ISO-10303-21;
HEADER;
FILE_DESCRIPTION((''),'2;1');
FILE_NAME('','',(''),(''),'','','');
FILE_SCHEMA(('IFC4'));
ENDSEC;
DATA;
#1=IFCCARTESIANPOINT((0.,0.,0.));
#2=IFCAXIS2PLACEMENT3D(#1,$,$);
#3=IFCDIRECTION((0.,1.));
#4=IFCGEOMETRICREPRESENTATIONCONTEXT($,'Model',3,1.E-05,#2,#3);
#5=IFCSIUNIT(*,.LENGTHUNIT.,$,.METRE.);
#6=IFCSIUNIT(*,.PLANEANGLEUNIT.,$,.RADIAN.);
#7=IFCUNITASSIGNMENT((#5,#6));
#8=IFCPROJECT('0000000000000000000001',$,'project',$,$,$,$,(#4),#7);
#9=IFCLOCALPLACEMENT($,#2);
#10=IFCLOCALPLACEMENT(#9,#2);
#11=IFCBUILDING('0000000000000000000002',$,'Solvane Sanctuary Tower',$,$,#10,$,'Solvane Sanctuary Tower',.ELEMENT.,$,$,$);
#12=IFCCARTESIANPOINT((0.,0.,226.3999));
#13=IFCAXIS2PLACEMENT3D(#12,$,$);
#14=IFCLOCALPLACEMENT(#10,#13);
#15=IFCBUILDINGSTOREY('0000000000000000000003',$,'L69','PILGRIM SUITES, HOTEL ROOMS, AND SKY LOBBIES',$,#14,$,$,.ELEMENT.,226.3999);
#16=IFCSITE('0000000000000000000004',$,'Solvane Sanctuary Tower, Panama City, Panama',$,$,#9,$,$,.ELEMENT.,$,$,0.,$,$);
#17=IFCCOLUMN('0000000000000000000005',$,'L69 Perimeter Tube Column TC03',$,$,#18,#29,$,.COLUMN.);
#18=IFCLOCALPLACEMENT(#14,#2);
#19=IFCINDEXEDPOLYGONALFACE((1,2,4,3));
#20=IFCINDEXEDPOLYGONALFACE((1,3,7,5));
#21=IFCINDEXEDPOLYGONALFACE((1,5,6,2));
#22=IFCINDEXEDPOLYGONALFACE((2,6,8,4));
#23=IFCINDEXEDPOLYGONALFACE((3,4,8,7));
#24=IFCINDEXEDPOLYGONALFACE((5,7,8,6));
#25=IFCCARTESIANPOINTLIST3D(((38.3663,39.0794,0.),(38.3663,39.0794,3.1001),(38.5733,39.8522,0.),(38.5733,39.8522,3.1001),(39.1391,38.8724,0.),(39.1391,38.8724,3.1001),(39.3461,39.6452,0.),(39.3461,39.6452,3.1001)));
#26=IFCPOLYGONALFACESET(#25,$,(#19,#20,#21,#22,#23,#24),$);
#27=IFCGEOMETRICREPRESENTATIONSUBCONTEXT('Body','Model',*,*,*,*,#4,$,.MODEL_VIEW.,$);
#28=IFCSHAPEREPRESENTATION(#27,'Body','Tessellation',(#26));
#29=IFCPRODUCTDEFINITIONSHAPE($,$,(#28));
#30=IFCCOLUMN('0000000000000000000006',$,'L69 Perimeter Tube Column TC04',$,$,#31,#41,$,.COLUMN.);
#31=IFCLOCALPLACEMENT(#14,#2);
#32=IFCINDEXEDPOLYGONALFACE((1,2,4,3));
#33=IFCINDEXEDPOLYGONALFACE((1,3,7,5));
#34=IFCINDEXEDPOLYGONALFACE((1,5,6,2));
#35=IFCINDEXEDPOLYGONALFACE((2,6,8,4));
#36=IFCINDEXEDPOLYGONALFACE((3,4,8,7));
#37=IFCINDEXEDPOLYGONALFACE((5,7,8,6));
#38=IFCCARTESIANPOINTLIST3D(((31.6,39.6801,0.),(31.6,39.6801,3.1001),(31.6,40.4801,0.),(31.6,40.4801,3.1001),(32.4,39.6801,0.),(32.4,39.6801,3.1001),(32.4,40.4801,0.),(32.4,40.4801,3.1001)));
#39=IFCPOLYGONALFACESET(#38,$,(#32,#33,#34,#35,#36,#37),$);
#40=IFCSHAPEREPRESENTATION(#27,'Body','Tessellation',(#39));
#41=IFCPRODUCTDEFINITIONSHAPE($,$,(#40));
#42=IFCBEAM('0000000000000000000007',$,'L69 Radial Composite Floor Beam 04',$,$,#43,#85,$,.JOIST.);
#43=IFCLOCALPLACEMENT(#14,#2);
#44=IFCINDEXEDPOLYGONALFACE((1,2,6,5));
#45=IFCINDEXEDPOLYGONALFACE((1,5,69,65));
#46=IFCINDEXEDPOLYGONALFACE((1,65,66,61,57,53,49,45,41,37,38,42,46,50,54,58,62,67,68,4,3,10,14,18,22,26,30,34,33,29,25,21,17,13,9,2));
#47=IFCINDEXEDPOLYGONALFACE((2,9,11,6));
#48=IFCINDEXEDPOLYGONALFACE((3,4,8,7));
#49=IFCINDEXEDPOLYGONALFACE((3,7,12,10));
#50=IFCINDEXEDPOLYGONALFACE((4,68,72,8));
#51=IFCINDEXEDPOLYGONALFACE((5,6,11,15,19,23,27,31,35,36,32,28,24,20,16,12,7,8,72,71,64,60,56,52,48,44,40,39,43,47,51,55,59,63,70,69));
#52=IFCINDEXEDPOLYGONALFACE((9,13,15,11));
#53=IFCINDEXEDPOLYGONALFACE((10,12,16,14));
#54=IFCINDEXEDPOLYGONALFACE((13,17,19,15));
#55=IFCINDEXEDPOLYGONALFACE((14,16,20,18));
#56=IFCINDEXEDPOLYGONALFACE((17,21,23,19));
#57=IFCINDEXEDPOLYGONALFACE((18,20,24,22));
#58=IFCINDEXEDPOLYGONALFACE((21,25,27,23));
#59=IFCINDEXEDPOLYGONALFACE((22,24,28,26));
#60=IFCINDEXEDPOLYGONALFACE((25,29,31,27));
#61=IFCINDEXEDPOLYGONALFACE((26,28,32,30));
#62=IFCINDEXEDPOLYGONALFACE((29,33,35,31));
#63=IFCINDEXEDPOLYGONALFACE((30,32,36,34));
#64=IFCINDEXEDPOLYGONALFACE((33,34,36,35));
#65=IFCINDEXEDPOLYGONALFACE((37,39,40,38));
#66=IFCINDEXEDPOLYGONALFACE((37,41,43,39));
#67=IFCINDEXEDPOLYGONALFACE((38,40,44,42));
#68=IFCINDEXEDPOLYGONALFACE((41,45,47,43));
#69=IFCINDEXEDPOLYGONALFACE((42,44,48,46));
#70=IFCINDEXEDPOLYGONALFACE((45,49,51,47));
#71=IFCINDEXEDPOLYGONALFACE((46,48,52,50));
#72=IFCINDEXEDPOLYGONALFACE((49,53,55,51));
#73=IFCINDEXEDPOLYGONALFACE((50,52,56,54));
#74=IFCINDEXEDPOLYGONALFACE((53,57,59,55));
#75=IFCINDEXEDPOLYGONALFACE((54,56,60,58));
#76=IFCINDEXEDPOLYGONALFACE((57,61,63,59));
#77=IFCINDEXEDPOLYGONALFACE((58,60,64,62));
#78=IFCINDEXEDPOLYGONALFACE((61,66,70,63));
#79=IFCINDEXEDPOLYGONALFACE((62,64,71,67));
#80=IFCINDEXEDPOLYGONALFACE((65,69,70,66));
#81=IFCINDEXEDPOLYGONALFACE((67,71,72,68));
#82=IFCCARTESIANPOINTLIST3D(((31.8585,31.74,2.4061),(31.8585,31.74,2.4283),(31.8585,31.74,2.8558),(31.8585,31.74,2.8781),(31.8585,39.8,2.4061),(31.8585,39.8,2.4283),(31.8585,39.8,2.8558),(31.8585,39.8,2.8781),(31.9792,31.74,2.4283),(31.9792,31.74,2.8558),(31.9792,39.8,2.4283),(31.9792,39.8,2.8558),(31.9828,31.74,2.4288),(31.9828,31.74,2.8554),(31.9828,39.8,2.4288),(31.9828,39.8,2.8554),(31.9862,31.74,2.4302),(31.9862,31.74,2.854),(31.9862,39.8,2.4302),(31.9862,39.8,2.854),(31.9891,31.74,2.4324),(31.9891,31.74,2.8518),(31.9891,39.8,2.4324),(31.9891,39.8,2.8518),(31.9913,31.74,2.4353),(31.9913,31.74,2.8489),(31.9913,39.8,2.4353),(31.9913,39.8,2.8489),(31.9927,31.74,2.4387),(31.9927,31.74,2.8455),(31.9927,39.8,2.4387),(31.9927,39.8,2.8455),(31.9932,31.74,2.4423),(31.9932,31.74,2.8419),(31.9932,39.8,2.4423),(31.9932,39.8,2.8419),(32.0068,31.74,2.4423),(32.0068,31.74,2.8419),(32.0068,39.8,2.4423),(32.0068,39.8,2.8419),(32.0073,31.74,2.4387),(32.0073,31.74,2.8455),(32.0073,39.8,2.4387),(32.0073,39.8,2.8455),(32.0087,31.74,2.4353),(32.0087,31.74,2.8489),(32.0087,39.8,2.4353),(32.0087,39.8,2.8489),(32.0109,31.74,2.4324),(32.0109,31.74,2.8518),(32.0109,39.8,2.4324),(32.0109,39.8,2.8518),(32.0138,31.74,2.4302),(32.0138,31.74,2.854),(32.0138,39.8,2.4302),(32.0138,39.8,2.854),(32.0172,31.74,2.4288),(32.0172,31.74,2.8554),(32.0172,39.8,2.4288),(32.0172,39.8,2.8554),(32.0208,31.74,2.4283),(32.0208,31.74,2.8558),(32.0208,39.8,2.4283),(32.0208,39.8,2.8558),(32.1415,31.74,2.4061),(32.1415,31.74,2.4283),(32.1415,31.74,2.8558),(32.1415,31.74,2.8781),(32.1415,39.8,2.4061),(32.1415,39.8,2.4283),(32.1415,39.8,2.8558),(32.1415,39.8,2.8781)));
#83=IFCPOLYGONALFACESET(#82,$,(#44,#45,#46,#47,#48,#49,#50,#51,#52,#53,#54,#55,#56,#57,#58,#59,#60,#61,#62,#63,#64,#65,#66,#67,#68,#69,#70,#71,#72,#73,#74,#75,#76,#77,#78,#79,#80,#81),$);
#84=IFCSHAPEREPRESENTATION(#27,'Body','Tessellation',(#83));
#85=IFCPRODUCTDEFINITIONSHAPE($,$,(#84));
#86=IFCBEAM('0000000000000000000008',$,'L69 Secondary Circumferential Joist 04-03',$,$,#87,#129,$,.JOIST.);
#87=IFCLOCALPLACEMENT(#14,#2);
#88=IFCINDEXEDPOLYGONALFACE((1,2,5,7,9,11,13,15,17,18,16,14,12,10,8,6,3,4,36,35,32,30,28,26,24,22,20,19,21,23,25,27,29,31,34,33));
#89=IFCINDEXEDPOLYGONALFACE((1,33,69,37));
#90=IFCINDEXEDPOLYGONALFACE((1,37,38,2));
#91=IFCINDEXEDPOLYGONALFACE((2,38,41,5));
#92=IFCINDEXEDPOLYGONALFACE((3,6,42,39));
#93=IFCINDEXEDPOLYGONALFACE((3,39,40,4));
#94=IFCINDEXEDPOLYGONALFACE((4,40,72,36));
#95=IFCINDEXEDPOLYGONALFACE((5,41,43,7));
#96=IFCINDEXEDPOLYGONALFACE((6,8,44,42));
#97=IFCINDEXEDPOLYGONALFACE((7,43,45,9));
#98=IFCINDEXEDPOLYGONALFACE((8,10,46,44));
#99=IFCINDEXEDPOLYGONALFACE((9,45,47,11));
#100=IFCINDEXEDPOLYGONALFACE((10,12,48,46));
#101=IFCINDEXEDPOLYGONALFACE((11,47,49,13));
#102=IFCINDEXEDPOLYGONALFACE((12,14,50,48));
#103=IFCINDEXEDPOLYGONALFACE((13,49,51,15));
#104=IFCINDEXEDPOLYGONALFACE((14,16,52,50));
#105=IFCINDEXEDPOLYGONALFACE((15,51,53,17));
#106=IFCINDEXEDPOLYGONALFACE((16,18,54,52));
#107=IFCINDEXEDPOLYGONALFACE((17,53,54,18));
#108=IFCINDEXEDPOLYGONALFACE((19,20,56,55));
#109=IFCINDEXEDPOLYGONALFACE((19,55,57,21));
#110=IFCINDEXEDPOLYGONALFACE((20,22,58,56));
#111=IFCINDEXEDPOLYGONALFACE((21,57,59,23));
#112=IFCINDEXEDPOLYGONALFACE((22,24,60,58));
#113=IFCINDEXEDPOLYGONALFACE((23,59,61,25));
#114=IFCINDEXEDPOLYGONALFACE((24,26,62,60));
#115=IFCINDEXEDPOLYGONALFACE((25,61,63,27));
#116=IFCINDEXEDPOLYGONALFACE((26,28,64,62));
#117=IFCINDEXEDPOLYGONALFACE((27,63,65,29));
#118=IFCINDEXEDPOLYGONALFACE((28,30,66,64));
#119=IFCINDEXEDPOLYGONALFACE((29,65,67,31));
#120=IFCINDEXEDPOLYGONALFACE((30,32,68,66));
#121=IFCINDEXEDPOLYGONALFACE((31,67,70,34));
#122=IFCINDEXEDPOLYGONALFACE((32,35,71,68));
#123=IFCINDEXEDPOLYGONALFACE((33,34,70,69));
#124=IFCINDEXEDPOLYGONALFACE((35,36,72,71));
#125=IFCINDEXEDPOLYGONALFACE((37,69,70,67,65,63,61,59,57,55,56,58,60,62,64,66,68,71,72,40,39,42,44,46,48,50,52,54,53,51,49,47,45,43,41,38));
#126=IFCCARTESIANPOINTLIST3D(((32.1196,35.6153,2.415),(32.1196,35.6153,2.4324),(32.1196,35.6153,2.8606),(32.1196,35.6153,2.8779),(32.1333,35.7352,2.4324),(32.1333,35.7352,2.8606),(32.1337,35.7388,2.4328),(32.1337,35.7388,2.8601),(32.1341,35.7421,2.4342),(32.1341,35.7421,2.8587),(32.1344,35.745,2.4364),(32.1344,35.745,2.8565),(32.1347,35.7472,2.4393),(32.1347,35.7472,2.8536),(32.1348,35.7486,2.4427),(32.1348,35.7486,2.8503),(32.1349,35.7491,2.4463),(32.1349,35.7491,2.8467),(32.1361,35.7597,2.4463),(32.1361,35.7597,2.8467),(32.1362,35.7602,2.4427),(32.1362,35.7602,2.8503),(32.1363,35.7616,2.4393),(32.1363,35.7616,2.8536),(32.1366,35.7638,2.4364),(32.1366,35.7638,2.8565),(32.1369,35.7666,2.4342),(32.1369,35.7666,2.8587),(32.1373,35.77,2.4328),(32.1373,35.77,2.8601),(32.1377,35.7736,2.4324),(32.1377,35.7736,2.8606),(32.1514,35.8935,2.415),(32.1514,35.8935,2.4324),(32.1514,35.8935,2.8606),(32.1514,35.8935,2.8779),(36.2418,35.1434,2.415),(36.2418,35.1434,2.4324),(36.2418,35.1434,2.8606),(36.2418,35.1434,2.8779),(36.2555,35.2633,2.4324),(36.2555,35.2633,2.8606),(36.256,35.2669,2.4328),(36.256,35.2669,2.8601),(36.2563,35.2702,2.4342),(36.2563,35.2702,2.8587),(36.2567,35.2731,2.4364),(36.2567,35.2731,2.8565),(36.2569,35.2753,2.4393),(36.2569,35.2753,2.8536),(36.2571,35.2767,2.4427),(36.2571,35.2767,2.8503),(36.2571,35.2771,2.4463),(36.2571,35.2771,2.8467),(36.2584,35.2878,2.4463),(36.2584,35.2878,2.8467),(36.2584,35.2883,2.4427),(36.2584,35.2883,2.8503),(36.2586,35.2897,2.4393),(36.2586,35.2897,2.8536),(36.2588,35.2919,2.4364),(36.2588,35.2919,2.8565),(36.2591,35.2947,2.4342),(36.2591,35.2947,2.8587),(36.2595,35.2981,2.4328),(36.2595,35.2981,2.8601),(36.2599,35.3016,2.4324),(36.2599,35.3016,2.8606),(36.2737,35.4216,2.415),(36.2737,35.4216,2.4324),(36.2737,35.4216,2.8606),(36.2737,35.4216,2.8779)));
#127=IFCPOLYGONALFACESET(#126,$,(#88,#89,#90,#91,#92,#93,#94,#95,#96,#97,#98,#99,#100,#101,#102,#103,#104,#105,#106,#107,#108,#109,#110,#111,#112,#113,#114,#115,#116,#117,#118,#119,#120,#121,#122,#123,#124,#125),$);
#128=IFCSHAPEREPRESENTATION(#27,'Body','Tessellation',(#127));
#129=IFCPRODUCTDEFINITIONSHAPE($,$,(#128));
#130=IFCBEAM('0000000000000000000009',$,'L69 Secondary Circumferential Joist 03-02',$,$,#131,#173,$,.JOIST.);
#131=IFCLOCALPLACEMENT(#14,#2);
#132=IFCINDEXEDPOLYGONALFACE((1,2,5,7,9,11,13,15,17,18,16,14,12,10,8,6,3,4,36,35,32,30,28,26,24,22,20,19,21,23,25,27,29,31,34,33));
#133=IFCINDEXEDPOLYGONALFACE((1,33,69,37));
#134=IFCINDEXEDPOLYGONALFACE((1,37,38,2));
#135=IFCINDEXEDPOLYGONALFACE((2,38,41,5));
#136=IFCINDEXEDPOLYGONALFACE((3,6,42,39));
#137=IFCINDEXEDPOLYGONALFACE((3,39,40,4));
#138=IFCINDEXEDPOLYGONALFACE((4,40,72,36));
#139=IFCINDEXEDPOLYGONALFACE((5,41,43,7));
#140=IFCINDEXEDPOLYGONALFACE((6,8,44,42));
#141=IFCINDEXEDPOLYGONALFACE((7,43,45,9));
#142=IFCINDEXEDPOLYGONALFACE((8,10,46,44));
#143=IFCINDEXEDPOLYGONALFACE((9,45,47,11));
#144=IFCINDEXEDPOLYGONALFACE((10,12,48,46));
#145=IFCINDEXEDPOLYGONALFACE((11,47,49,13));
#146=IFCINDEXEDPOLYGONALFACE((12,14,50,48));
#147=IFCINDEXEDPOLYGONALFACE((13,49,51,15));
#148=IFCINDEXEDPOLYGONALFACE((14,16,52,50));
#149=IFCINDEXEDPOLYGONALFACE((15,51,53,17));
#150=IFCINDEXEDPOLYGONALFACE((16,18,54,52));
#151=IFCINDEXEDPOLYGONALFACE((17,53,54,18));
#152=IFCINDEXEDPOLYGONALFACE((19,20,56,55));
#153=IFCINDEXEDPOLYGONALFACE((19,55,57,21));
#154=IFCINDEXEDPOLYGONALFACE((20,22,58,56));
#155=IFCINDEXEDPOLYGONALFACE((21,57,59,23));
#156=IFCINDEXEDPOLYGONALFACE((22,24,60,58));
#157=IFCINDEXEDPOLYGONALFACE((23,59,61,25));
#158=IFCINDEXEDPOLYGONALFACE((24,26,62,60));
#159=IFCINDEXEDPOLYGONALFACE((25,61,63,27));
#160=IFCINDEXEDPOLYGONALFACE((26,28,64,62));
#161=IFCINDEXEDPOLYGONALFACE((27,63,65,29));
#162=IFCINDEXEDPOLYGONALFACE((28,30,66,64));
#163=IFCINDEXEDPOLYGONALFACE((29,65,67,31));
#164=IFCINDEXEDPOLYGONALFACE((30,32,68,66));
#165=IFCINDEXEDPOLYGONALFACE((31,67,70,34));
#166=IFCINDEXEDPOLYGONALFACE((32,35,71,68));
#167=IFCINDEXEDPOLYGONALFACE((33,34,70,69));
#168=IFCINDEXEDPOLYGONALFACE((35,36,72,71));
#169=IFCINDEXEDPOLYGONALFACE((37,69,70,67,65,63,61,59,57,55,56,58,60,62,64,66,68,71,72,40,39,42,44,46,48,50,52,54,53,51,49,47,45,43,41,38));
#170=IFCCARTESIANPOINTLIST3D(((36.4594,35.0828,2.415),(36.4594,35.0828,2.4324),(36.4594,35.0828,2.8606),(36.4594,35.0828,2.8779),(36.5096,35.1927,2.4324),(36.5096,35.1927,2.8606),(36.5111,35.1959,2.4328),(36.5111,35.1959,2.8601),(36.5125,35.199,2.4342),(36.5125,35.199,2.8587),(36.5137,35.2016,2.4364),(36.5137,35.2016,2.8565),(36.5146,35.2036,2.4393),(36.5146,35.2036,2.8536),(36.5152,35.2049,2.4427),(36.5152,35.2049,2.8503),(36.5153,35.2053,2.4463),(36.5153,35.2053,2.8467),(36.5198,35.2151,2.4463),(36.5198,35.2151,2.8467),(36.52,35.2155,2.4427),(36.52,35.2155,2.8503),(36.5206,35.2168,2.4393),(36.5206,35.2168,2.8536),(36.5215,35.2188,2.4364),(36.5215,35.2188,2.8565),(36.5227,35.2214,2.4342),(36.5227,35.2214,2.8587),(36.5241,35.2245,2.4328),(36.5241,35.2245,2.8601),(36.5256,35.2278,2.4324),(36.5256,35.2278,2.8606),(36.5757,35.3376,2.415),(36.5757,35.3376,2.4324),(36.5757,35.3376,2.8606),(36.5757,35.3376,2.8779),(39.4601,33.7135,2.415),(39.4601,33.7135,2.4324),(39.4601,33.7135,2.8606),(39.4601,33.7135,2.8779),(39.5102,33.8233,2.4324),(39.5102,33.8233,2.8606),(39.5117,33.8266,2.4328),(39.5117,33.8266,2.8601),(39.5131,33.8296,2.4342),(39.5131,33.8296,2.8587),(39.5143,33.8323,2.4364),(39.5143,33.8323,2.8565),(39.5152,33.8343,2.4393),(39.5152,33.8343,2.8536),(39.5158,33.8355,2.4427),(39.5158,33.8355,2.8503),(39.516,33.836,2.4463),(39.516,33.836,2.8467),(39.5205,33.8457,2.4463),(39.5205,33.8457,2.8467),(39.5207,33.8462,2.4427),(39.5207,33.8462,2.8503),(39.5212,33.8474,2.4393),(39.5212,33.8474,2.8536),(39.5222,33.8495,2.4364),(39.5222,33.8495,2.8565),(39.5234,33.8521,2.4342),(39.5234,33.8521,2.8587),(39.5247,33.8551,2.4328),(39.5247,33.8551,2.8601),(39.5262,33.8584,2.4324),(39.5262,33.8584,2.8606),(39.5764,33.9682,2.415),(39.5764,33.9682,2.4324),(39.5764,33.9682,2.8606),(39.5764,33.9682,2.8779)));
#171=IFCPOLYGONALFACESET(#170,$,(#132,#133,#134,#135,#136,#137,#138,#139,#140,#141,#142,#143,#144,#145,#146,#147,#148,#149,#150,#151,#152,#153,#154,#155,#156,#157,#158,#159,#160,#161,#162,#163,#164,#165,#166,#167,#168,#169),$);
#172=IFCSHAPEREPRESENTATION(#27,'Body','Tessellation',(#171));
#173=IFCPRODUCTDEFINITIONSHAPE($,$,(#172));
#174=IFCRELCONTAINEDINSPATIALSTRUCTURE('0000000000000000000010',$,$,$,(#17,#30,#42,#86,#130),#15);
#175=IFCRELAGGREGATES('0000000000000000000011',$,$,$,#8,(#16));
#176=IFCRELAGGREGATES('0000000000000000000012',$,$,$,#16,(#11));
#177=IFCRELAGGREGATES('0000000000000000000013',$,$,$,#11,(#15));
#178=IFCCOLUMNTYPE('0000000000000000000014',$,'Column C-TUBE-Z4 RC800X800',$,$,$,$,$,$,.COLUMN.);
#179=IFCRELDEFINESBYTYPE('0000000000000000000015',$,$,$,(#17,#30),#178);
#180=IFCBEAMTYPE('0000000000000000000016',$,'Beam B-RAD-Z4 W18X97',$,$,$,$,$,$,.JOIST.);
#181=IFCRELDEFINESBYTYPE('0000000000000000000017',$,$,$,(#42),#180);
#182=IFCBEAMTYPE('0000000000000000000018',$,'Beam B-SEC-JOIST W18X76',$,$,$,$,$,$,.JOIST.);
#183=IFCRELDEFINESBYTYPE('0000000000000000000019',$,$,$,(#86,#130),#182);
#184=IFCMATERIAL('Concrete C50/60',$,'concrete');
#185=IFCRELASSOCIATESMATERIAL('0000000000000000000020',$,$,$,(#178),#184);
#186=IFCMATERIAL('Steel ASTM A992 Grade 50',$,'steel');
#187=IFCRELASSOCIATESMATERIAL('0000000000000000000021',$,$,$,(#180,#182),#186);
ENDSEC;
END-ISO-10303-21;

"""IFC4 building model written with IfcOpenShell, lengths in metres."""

from ifc_helpers import new_model, si_unit, direction, frame, origin, origin_2d, place, context, subcontext, project, spatial, rectangle, i_section, extrude, material, material_profile, profile_set, type_object, element, save


model = new_model("IFC4")

# Units and contexts
model_context = context("Model", 3, precision=1e-05, world=origin(), true_north=direction((0.0, 1.0)))
body_context = subcontext(model_context, "Body", "Model", "MODEL_VIEW")
ifc_project = project(units=[si_unit("LENGTHUNIT", "METRE"), si_unit("PLANEANGLEUNIT", "RADIAN")], contexts=[model_context])

# Site, building, storey
site_placement = place(None, origin())
site = spatial("IfcSite", under=ifc_project, at=site_placement, Name="Solvane Sanctuary Tower, Panama City, Panama", CompositionType="ELEMENT", RefElevation=0.0)
building_placement = place(site_placement, origin())
building = spatial("IfcBuilding", under=site, at=building_placement, Name="Solvane Sanctuary Tower", LongName="Solvane Sanctuary Tower", CompositionType="ELEMENT")
storey_placement = place(building_placement, frame((0.0, 0.0, 226.3999)))
storey = spatial("IfcBuildingStorey", under=building, at=storey_placement, Name="L69", Description="PILGRIM SUITES, HOTEL ROOMS, AND SKY LOBBIES", CompositionType="ELEMENT", Elevation=226.3999)

# Columns
ifc_material_1 = material(Name="Concrete C50/60", Category="concrete")
ifc_material_profile_1 = material_profile(ifc_material_1, rectangle(XDim=0.8, YDim=0.8, at=origin_2d()), Name="RC800X800")
ifc_profile_set_1 = profile_set([ifc_material_profile_1], Name="Concrete C50/60")
column_type = type_object("IfcColumnType", Name="Column C-TUBE-Z4 RC800X800", PredefinedType="COLUMN", material=ifc_profile_set_1)
for number, where, z_axis, x_axis, name in (
    (1, (38.8562, 39.3623, 0.0), (0.0, 0.0, 1.0), (0.258819, 0.965926, 0.0), "L69 Perimeter Tube Column TC03"),
    (2, (32.0, 40.0801, 0.0), (0.0, 0.0, 1.0), (0.0, 1.0, 0.0), "L69 Perimeter Tube Column TC04"),
):
    element("IfcColumn", number, at=place(storey_placement, frame(where, z_axis=z_axis, x_axis=x_axis)), inside=storey, type_object=column_type, Name=name, PredefinedType="COLUMN", context=body_context, shape_type="SweptSolid", body=[
        extrude(rectangle(XDim=0.8, YDim=0.8, at=origin_2d()), origin(), (0.0, 0.0, 1.0), 3.1001),
    ])

# Beams
ifc_material_2 = material(Name="Steel ASTM A992 Grade 50", Category="steel")
ifc_material_profile_2 = material_profile(ifc_material_2, i_section(OverallWidth=0.283, OverallDepth=0.4719, WebThickness=0.0137, FlangeThickness=0.0222, FilletRadius=0.0139, at=origin_2d()), Name="W18X97")
ifc_profile_set_2 = profile_set([ifc_material_profile_2], Name="Steel ASTM A992 Grade 50")
beam_type_1 = type_object("IfcBeamType", Name="Beam B-RAD-Z4 W18X97", PredefinedType="JOIST", material=ifc_profile_set_2)
beam_1_placement = place(storey_placement, frame((32.0, 31.74, 2.6421), z_axis=(0.0, 1.0, 0.0), x_axis=(-1.0, 0.0, 0.0)))
element("IfcBeam", 3, at=beam_1_placement, inside=storey, type_object=beam_type_1, Name="L69 Radial Composite Floor Beam 04", PredefinedType="JOIST", context=body_context, shape_type="SweptSolid", body=[
    extrude(i_section(OverallWidth=0.283, OverallDepth=0.4719, WebThickness=0.0137, FlangeThickness=0.0222, FilletRadius=0.0139, at=origin_2d()), origin(), (0.0, 0.0, 1.0), 8.0601),
])
ifc_material_profile_3 = material_profile(ifc_material_2, i_section(OverallWidth=0.28, OverallDepth=0.4629, WebThickness=0.0107, FlangeThickness=0.0173, FilletRadius=0.0139, at=origin_2d()), Name="W18X76")
ifc_profile_set_3 = profile_set([ifc_material_profile_3], Name="Steel ASTM A992 Grade 50")
beam_type_2 = type_object("IfcBeamType", Name="Beam B-SEC-JOIST W18X76", PredefinedType="JOIST", material=ifc_profile_set_3)
beam_2_placement = place(storey_placement, frame((32.1355, 35.7544, 2.6465), z_axis=(0.993511, -0.113737, 0.0), x_axis=(0.113737, 0.993511, 0.0)))
element("IfcBeam", 4, at=beam_2_placement, inside=storey, type_object=beam_type_2, Name="L69 Secondary Circumferential Joist 04-03", PredefinedType="JOIST", context=body_context, shape_type="SweptSolid", body=[
    extrude(i_section(OverallWidth=0.28, OverallDepth=0.4629, WebThickness=0.0107, FlangeThickness=0.0173, FilletRadius=0.0139, at=origin_2d()), origin(), (0.0, 0.0, 1.0), 4.1492),
])
beam_3_placement = place(storey_placement, frame((36.5176, 35.2102, 2.6465), z_axis=(0.909747, -0.415163, 0.0), x_axis=(0.415163, 0.909747, 0.0)))
element("IfcBeam", 5, at=beam_3_placement, inside=storey, type_object=beam_type_2, Name="L69 Secondary Circumferential Joist 03-02", PredefinedType="JOIST", context=body_context, shape_type="SweptSolid", body=[
    extrude(i_section(OverallWidth=0.28, OverallDepth=0.4629, WebThickness=0.0107, FlangeThickness=0.0173, FilletRadius=0.0139, at=origin_2d()), origin(), (0.0, 0.0, 1.0), 3.2983),
])

save(model, "model.ifc")
